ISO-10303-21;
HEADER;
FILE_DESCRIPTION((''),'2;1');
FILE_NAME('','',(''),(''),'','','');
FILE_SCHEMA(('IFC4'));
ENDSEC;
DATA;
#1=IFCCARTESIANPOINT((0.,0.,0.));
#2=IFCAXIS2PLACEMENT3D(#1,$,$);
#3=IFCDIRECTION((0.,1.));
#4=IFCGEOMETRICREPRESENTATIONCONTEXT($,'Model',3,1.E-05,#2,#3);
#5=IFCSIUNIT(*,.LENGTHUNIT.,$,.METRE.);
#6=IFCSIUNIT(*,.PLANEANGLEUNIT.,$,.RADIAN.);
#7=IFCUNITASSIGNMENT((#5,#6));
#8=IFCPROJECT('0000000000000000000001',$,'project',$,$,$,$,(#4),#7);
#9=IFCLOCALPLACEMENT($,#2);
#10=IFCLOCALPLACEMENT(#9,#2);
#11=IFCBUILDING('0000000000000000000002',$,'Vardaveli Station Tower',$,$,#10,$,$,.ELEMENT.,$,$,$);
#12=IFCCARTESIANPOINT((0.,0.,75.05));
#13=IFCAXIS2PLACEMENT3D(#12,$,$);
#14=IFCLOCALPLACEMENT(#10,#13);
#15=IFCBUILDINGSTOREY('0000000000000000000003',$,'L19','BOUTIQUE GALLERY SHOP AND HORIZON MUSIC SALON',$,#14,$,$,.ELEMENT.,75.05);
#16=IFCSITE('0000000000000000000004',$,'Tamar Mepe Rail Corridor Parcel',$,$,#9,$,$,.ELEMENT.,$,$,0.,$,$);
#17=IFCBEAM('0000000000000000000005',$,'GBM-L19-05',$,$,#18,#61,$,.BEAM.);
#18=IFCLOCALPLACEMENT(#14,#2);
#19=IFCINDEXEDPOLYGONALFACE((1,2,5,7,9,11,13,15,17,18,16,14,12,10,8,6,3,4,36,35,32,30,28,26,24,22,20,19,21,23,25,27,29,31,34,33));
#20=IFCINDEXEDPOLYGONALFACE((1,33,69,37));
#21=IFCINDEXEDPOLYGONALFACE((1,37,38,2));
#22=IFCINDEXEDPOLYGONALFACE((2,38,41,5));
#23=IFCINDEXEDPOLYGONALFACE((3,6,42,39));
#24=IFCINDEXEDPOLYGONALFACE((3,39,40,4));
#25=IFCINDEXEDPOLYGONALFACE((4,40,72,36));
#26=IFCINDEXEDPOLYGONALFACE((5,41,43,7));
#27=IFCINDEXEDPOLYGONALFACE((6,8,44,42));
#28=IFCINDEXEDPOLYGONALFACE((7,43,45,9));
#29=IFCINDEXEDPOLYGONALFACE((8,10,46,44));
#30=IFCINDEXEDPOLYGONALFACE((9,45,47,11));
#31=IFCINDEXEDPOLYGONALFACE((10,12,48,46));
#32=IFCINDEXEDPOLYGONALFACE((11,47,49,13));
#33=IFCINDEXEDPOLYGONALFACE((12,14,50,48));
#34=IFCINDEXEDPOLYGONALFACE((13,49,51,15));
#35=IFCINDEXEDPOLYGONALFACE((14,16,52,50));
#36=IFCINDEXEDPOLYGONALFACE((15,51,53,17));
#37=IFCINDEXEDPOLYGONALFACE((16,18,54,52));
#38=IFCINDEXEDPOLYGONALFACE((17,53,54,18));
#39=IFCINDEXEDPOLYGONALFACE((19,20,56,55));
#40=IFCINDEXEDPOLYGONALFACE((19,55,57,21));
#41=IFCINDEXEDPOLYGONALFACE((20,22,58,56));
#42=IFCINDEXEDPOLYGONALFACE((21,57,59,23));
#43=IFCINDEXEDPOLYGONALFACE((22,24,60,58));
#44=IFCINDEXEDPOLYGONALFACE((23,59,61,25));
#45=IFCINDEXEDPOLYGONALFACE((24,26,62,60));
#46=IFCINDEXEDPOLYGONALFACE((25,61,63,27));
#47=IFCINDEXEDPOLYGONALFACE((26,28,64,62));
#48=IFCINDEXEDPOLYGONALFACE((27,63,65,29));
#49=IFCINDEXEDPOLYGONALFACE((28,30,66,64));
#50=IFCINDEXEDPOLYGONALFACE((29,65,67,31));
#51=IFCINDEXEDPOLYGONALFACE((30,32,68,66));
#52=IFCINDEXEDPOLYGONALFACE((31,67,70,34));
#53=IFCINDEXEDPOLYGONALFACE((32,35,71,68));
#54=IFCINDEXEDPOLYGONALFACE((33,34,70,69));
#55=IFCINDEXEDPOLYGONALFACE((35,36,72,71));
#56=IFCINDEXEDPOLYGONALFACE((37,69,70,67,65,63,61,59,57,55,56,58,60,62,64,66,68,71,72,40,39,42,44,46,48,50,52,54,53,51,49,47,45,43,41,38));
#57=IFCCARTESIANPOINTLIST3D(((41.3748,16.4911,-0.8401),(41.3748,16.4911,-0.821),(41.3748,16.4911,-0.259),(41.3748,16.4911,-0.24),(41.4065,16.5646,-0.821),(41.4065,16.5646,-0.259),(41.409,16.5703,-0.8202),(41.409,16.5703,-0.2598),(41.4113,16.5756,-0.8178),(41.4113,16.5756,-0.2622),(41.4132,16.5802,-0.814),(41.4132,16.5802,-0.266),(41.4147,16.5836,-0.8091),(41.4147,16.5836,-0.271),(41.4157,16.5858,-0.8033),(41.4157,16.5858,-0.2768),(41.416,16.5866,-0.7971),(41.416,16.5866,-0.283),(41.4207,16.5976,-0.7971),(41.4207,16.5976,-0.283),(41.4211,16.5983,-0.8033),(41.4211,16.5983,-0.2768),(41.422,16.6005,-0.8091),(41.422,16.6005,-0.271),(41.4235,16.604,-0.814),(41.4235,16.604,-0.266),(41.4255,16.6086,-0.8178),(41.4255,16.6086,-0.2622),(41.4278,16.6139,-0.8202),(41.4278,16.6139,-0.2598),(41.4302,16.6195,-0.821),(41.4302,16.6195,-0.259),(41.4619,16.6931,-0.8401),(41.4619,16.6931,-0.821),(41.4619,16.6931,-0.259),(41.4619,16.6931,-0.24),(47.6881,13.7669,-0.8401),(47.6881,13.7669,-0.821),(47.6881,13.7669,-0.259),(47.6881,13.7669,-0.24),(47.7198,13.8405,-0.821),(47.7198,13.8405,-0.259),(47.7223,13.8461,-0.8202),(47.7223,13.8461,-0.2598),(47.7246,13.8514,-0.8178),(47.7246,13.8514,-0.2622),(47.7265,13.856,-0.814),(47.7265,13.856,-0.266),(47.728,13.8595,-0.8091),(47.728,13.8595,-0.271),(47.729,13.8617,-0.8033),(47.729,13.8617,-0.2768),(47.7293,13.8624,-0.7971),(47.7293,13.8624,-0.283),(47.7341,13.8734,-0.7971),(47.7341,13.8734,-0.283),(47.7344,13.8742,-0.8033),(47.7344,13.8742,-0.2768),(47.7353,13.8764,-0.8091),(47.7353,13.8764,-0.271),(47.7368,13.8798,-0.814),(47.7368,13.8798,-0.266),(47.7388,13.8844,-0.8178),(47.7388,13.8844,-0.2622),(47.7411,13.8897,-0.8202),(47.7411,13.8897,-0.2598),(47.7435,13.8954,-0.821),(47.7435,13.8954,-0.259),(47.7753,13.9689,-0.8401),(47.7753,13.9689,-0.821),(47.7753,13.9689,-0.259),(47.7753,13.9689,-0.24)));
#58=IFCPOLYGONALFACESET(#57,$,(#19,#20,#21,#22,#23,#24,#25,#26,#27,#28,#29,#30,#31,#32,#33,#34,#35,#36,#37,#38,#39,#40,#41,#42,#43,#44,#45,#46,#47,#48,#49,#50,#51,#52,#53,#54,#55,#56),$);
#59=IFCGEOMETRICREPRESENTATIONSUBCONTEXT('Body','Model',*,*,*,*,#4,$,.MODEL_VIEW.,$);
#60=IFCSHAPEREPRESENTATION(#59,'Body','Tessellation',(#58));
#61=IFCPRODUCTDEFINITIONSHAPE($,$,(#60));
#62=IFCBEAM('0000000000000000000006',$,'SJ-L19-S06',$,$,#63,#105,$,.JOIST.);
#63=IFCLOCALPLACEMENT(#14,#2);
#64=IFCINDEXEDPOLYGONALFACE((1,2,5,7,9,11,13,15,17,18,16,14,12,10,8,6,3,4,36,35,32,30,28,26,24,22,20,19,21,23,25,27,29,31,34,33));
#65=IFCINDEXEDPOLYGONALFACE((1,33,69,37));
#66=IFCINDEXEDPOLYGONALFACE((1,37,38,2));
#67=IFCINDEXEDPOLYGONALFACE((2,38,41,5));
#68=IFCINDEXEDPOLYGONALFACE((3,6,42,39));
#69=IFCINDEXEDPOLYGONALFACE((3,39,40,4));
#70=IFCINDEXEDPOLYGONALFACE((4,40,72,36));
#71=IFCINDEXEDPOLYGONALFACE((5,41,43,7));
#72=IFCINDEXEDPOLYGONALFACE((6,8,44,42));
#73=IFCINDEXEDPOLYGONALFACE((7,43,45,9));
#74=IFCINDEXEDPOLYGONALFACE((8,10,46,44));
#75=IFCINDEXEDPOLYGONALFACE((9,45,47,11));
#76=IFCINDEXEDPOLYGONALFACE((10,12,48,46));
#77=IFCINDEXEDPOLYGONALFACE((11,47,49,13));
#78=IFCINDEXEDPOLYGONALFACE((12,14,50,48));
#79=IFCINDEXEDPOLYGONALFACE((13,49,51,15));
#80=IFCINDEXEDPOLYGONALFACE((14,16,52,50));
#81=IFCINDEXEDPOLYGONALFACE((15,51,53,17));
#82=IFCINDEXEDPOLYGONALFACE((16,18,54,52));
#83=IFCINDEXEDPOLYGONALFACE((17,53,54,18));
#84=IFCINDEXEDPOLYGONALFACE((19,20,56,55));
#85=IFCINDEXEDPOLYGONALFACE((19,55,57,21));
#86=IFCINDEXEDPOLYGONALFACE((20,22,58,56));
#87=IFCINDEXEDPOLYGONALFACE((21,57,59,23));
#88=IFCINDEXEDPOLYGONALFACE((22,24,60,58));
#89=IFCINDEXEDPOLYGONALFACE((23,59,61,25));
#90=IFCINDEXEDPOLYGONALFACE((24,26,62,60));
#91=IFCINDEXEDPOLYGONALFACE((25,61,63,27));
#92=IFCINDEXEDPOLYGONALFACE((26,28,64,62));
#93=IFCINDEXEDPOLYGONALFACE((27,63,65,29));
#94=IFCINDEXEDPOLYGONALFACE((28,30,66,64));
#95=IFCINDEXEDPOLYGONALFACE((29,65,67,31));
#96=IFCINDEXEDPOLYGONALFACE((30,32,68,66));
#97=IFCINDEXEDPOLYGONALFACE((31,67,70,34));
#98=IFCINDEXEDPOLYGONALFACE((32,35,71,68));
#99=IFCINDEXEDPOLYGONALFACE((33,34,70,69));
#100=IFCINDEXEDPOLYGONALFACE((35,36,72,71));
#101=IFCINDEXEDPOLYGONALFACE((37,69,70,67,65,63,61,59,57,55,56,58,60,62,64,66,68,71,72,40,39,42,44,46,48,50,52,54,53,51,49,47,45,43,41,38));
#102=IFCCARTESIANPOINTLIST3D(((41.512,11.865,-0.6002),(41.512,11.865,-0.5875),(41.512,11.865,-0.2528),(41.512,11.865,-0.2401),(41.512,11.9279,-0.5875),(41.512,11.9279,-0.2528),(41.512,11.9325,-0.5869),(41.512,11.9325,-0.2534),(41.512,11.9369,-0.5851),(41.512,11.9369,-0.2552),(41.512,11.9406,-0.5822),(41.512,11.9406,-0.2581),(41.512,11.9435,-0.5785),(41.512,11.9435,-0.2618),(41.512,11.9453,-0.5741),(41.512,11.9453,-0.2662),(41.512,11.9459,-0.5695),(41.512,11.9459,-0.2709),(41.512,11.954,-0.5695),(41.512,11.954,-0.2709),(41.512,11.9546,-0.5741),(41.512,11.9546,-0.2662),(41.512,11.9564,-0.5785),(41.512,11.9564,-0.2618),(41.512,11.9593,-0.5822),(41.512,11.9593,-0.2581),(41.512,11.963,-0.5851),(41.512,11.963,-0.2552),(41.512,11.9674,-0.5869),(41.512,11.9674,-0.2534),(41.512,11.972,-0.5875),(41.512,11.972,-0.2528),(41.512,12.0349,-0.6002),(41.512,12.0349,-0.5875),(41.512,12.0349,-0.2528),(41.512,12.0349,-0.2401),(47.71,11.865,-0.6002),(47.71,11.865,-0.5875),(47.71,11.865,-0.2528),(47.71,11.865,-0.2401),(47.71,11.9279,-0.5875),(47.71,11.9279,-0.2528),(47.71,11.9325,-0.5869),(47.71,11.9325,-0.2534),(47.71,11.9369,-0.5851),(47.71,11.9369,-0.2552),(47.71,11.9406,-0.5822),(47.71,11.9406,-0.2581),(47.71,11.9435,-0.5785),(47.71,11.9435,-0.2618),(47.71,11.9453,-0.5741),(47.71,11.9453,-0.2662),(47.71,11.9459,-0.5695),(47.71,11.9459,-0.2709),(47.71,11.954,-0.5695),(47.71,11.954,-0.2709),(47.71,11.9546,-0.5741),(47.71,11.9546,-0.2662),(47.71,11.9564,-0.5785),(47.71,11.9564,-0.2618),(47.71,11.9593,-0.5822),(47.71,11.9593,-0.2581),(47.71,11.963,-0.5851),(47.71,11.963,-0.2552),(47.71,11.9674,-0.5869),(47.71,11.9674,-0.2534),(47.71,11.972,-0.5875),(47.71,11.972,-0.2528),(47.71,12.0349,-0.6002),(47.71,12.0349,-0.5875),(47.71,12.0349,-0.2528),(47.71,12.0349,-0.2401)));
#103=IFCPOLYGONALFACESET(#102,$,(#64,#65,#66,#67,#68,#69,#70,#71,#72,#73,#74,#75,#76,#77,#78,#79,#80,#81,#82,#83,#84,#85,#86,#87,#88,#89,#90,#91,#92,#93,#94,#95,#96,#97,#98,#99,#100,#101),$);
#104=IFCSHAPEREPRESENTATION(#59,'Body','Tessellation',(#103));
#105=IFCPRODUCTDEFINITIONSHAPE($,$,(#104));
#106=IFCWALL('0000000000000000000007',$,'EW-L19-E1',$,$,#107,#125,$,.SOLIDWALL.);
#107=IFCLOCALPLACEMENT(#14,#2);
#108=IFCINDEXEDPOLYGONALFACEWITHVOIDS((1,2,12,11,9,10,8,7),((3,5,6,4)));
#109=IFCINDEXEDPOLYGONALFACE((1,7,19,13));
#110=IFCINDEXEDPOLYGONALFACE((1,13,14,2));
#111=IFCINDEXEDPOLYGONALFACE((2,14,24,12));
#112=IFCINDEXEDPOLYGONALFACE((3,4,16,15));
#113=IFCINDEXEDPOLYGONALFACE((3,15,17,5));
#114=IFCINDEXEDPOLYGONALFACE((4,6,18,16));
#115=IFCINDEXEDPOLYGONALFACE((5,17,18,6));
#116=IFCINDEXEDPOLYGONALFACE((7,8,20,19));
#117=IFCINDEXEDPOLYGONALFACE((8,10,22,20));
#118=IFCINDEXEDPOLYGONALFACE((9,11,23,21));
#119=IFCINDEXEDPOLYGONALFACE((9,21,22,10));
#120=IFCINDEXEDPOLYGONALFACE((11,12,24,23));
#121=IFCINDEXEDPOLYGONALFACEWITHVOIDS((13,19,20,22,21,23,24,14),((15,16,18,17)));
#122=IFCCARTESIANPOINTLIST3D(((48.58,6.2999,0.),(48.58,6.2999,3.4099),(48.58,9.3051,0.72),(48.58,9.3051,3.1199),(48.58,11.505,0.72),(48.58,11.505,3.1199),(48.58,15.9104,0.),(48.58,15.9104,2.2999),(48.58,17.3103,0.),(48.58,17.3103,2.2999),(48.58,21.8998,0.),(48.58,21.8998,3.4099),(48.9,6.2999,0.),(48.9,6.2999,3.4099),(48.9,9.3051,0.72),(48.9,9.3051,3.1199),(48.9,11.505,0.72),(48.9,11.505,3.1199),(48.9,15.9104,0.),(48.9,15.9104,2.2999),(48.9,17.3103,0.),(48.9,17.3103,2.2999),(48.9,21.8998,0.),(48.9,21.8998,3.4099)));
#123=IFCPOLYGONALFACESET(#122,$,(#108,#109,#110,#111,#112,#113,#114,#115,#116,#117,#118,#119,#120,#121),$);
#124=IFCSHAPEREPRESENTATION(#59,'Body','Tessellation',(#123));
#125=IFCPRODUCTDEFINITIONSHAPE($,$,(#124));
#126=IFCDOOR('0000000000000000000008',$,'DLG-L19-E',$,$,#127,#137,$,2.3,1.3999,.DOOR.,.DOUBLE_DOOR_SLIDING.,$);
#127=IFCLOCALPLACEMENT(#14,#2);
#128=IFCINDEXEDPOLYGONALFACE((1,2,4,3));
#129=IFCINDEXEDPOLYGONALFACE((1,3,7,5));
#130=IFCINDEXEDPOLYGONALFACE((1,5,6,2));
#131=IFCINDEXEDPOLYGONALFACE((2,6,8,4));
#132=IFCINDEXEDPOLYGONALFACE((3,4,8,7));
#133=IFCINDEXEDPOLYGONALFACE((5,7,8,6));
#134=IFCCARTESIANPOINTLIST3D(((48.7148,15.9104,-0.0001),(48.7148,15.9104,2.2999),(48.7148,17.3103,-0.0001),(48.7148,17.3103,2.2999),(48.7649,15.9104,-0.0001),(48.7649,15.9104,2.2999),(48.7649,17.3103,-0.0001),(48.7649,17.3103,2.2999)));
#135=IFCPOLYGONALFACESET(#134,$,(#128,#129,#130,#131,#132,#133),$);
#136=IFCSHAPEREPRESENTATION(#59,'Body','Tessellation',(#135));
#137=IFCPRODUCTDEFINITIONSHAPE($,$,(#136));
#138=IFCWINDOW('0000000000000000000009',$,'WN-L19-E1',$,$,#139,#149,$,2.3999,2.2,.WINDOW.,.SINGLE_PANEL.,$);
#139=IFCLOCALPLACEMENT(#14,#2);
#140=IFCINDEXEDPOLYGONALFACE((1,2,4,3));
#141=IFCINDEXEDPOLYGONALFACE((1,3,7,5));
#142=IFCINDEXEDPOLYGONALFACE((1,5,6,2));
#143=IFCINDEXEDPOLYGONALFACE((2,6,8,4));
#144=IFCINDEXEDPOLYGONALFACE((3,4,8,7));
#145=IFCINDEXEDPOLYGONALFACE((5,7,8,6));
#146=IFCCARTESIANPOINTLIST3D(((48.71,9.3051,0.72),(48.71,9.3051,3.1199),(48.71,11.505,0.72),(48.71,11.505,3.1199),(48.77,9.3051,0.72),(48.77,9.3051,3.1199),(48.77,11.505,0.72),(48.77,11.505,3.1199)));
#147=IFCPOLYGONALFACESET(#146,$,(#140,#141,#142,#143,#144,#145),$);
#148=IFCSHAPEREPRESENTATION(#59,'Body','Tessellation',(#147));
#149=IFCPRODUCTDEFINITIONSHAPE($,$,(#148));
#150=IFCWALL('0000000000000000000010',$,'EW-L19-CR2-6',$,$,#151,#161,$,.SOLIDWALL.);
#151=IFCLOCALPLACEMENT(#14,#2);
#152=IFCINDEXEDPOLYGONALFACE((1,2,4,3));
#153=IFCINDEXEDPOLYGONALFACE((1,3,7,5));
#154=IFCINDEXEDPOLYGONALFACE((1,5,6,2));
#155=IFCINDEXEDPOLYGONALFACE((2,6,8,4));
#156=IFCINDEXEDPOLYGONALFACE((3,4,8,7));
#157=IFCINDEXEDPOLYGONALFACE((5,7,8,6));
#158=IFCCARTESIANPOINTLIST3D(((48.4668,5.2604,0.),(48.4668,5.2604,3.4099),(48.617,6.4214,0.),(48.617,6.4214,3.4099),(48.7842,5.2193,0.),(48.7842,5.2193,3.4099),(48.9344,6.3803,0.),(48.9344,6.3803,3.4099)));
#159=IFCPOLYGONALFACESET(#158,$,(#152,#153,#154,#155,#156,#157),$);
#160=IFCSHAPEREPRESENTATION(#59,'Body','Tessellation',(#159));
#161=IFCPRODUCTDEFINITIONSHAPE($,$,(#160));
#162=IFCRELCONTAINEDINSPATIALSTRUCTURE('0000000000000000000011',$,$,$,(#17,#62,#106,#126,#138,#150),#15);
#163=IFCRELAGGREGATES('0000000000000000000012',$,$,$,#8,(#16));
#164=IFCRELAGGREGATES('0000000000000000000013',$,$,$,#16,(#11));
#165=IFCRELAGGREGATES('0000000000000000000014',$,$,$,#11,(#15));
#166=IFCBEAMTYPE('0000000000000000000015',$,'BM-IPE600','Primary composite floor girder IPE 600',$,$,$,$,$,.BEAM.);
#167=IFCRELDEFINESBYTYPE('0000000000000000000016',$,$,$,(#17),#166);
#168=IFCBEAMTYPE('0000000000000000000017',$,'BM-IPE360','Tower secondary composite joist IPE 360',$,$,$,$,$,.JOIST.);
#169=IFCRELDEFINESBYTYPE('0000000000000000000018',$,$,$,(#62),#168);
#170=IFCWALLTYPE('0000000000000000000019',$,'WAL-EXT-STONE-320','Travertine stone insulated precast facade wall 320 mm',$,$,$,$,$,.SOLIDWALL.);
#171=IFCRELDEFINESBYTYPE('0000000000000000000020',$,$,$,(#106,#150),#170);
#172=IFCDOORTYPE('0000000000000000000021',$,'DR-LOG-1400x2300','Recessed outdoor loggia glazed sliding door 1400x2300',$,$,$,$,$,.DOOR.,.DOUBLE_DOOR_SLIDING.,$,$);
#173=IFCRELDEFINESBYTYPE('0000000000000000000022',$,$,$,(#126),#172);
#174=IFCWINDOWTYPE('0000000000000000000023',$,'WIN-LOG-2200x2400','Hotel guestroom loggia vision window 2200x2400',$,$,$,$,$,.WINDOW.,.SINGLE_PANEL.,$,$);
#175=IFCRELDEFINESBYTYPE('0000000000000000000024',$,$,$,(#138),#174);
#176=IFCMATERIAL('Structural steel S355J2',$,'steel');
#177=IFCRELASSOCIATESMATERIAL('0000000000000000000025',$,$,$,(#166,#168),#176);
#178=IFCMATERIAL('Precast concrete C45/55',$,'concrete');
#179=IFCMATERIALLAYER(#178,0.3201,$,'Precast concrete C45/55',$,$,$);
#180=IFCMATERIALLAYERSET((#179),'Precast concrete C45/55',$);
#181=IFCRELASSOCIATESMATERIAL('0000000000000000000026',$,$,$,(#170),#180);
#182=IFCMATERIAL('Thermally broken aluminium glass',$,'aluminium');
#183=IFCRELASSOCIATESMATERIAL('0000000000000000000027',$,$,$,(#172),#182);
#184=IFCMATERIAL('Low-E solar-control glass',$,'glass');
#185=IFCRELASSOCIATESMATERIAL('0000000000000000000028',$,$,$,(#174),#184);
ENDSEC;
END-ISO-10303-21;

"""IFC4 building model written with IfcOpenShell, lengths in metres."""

from ifc_helpers import new_model, si_unit, direction, frame, frame_2d, origin, origin_2d, place, context, subcontext, project, spatial, rectangle, i_section, extrude, source, transform, mapped, material, layer, layer_set, material_profile, profile_set, type_object, element, fill, save


model = new_model("IFC4")

# Units and contexts
model_context = context("Model", 3, precision=1e-05, world=origin(), true_north=direction((0.0, 1.0)))
body_context = subcontext(model_context, "Body", "Model", "MODEL_VIEW")
ifc_project = project(units=[si_unit("LENGTHUNIT", "METRE"), si_unit("PLANEANGLEUNIT", "RADIAN")], contexts=[model_context])

# Site, building, storey
site_placement = place(None, origin())
site = spatial("IfcSite", under=ifc_project, at=site_placement, Name="Tamar Mepe Rail Corridor Parcel", CompositionType="ELEMENT", RefElevation=0.0)
building_placement = place(site_placement, origin())
building = spatial("IfcBuilding", under=site, at=building_placement, Name="Vardaveli Station Tower", CompositionType="ELEMENT")
storey_placement = place(building_placement, frame((0.0, 0.0, 75.05)))
storey = spatial("IfcBuildingStorey", under=building, at=storey_placement, Name="L19", Description="BOUTIQUE GALLERY SHOP AND HORIZON MUSIC SALON", CompositionType="ELEMENT", Elevation=75.05)

# Beams
ifc_material_1 = material(Name="Precast concrete C45/55", Category="concrete")
ifc_material_2 = material(Name="Structural steel S355J2", Category="steel")
ifc_material_profile_1 = material_profile(ifc_material_2, i_section(OverallWidth=0.22, OverallDepth=0.6001, WebThickness=0.012, FlangeThickness=0.019, FilletRadius=0.0239, at=origin_2d()), Name="IPE 600")
ifc_profile_set_1 = profile_set([ifc_material_profile_1], Name="Structural steel S355J2")
beam_type_1 = type_object("IfcBeamType", Name="BM-IPE600", Description="Primary composite floor girder IPE 600", PredefinedType="BEAM", material=ifc_profile_set_1)
shared_shape_1 = source(origin(), body_context, "Body", "SweptSolid", [
    extrude(i_section(OverallWidth=0.22, OverallDepth=0.6001, WebThickness=0.012, FlangeThickness=0.019, FilletRadius=0.0239, at=origin_2d()), origin(), (0.0, 0.0, 1.0), 6.876),
])
beam_1_placement = place(storey_placement, frame((47.7317, 13.8679, -0.54), z_axis=(-0.918171, 0.396185, 0.0), x_axis=(-0.396185, -0.918171, 0.0)))
element("IfcBeam", 1, at=beam_1_placement, inside=storey, type_object=beam_type_1, Name="GBM-L19-05", PredefinedType="BEAM", context=body_context, shape_type="MappedRepresentation", body=[
    mapped(shared_shape_1, transform((0.0, 0.0, 0.0), scale=1.0)),
])
ifc_material_profile_2 = material_profile(ifc_material_2, i_section(OverallWidth=0.1699, OverallDepth=0.3601, WebThickness=0.0081, FlangeThickness=0.0127, FilletRadius=0.0181, at=origin_2d()), Name="IPE 360")
ifc_profile_set_2 = profile_set([ifc_material_profile_2], Name="Structural steel S355J2")
beam_type_2 = type_object("IfcBeamType", Name="BM-IPE360", Description="Tower secondary composite joist IPE 360", PredefinedType="JOIST", material=ifc_profile_set_2)
shared_shape_2 = source(origin(), body_context, "Body", "SweptSolid", [
    extrude(i_section(OverallWidth=0.1699, OverallDepth=0.3601, WebThickness=0.0081, FlangeThickness=0.0127, FilletRadius=0.0181, at=origin_2d()), origin(), (0.0, 0.0, 1.0), 6.198),
])
beam_2_placement = place(storey_placement, frame((41.512, 11.95, -0.4202), z_axis=(1.0, 0.0, 0.0), x_axis=(0.0, 1.0, 0.0)))
element("IfcBeam", 2, at=beam_2_placement, inside=storey, type_object=beam_type_2, Name="SJ-L19-S06", PredefinedType="JOIST", context=body_context, shape_type="MappedRepresentation", body=[
    mapped(shared_shape_2, transform((0.0, 0.0, 0.0), scale=1.0)),
])

# Wall, openings, door, window
ifc_layer_1 = layer(ifc_material_1, 0.3201, Name="Precast concrete C45/55")
ifc_layer_set_1 = layer_set([ifc_layer_1], Name="Precast concrete C45/55")
wall_type_1 = type_object("IfcWallType", Name="WAL-EXT-STONE-320", Description="Travertine stone insulated precast facade wall 320 mm", PredefinedType="SOLIDWALL", material=ifc_layer_set_1)
shared_shape_3 = source(origin(), body_context, "Body", "SweptSolid", [
    extrude(rectangle(XDim=15.5999, YDim=0.3201, at=frame_2d((7.7998, 0.0))), origin(), (0.0, 0.0, 1.0), 3.4099),
])
wall_1_placement = place(storey_placement, frame((48.74, 6.3, 0.0), z_axis=(0.0, 0.0, 1.0), x_axis=(0.0, 1.0, 0.0)))
wall_1 = element("IfcWall", 3, at=wall_1_placement, inside=storey, type_object=wall_type_1, Name="EW-L19-E1", PredefinedType="SOLIDWALL", context=body_context, shape_type="MappedRepresentation", body=[
    mapped(shared_shape_3, transform((0.0, 0.0, 0.0), scale=1.0)),
])
shared_shape_4 = source(origin(), body_context, "Body", "SweptSolid", [
    extrude(rectangle(XDim=1.3999, YDim=2.3, at=frame_2d((0.7, 1.1499))), frame((0.0, 0.1699, 0.0), z_axis=(0.0, -1.0, 0.0), x_axis=(1.0, 0.0, 0.0)), (0.0, 0.0, 1.0), 0.3401),
])
opening_1_placement = place(wall_1_placement, frame((9.6104, 0.0, 0.0)))
opening_1 = element("IfcOpeningElement", 4, at=opening_1_placement, cuts=wall_1, PredefinedType="OPENING", context=body_context, shape_type="MappedRepresentation", body=[
    mapped(shared_shape_4, transform((0.0, 0.0, 0.0), scale=1.0)),
])
shared_shape_5 = source(origin(), body_context, "Body", "SweptSolid", [
    extrude(rectangle(XDim=2.2, YDim=2.3999, at=frame_2d((1.1001, 1.2))), frame((0.0, 0.1699, 0.0), z_axis=(0.0, -1.0, 0.0), x_axis=(1.0, 0.0, 0.0)), (0.0, 0.0, 1.0), 0.3401),
])
opening_2_placement = place(wall_1_placement, frame((3.0049, 0.0, 0.72)))
opening_2 = element("IfcOpeningElement", 5, at=opening_2_placement, cuts=wall_1, PredefinedType="OPENING", context=body_context, shape_type="MappedRepresentation", body=[
    mapped(shared_shape_5, transform((0.0, 0.0, 0.0), scale=1.0)),
])
ifc_material_3 = material(Name="Thermally broken aluminium glass", Category="aluminium")
door_type_1 = type_object("IfcDoorType", Name="DR-LOG-1400x2300", Description="Recessed outdoor loggia glazed sliding door 1400x2300", OperationType="DOUBLE_DOOR_SLIDING", PredefinedType="DOOR", material=ifc_material_3)
shared_shape_6 = source(origin(), body_context, "Body", "SweptSolid", [
    extrude(rectangle(XDim=1.3999, YDim=2.3, at=frame_2d((0.7, 1.1499))), frame((0.0, 0.0249, 0.0), z_axis=(0.0, -1.0, 0.0), x_axis=(1.0, 0.0, 0.0)), (0.0, 0.0, 1.0), 0.05),
])
door_1_placement = place(opening_1_placement, frame((1.3999, 0.0, 0.0), z_axis=(0.0, 0.0, 1.0), x_axis=(-1.0, 0.0, 0.0)))
door_1 = element("IfcDoor", 6, at=door_1_placement, inside=storey, type_object=door_type_1, Name="DLG-L19-E", OperationType="DOUBLE_DOOR_SLIDING", OverallHeight=2.3, OverallWidth=1.3999, PredefinedType="DOOR", context=body_context, shape_type="MappedRepresentation", body=[
    mapped(shared_shape_6, transform((0.0, 0.0, 0.0), scale=1.0)),
])
fill(opening_1, door_1)
ifc_material_4 = material(Name="Low-E solar-control glass", Category="glass")
window_type = type_object("IfcWindowType", Name="WIN-LOG-2200x2400", Description="Hotel guestroom loggia vision window 2200x2400", PartitioningType="SINGLE_PANEL", PredefinedType="WINDOW", material=ifc_material_4)
shared_shape_7 = source(origin(), body_context, "Body", "SweptSolid", [
    extrude(rectangle(XDim=2.2, YDim=2.3999, at=frame_2d((1.1001, 1.2))), frame((0.0, 0.03, 0.0), z_axis=(0.0, -1.0, 0.0), x_axis=(1.0, 0.0, 0.0)), (0.0, 0.0, 1.0), 0.0601),
])
window_placement = place(opening_2_placement, origin())
window = element("IfcWindow", 7, at=window_placement, inside=storey, type_object=window_type, Name="WN-L19-E1", OverallHeight=2.3999, OverallWidth=2.2, PartitioningType="SINGLE_PANEL", PredefinedType="WINDOW", context=body_context, shape_type="MappedRepresentation", body=[
    mapped(shared_shape_7, transform((0.0, 0.0, 0.0), scale=1.0)),
])
fill(opening_2, window)

# Wall
shared_shape_8 = source(origin(), body_context, "Body", "SweptSolid", [
    extrude(rectangle(XDim=1.1707, YDim=0.3201, at=frame_2d((0.5854, 0.0))), origin(), (0.0, 0.0, 1.0), 3.4099),
])
wall_2_placement = place(storey_placement, frame((48.6255, 5.2397, 0.0), z_axis=(0.0, 0.0, 1.0), x_axis=(0.128269, 0.991739, 0.0)))
element("IfcWall", 8, at=wall_2_placement, inside=storey, type_object=wall_type_1, Name="EW-L19-CR2-6", PredefinedType="SOLIDWALL", context=body_context, shape_type="MappedRepresentation", body=[
    mapped(shared_shape_8, transform((0.0, 0.0, 0.0), scale=1.0)),
])

save(model, "model.ifc")
